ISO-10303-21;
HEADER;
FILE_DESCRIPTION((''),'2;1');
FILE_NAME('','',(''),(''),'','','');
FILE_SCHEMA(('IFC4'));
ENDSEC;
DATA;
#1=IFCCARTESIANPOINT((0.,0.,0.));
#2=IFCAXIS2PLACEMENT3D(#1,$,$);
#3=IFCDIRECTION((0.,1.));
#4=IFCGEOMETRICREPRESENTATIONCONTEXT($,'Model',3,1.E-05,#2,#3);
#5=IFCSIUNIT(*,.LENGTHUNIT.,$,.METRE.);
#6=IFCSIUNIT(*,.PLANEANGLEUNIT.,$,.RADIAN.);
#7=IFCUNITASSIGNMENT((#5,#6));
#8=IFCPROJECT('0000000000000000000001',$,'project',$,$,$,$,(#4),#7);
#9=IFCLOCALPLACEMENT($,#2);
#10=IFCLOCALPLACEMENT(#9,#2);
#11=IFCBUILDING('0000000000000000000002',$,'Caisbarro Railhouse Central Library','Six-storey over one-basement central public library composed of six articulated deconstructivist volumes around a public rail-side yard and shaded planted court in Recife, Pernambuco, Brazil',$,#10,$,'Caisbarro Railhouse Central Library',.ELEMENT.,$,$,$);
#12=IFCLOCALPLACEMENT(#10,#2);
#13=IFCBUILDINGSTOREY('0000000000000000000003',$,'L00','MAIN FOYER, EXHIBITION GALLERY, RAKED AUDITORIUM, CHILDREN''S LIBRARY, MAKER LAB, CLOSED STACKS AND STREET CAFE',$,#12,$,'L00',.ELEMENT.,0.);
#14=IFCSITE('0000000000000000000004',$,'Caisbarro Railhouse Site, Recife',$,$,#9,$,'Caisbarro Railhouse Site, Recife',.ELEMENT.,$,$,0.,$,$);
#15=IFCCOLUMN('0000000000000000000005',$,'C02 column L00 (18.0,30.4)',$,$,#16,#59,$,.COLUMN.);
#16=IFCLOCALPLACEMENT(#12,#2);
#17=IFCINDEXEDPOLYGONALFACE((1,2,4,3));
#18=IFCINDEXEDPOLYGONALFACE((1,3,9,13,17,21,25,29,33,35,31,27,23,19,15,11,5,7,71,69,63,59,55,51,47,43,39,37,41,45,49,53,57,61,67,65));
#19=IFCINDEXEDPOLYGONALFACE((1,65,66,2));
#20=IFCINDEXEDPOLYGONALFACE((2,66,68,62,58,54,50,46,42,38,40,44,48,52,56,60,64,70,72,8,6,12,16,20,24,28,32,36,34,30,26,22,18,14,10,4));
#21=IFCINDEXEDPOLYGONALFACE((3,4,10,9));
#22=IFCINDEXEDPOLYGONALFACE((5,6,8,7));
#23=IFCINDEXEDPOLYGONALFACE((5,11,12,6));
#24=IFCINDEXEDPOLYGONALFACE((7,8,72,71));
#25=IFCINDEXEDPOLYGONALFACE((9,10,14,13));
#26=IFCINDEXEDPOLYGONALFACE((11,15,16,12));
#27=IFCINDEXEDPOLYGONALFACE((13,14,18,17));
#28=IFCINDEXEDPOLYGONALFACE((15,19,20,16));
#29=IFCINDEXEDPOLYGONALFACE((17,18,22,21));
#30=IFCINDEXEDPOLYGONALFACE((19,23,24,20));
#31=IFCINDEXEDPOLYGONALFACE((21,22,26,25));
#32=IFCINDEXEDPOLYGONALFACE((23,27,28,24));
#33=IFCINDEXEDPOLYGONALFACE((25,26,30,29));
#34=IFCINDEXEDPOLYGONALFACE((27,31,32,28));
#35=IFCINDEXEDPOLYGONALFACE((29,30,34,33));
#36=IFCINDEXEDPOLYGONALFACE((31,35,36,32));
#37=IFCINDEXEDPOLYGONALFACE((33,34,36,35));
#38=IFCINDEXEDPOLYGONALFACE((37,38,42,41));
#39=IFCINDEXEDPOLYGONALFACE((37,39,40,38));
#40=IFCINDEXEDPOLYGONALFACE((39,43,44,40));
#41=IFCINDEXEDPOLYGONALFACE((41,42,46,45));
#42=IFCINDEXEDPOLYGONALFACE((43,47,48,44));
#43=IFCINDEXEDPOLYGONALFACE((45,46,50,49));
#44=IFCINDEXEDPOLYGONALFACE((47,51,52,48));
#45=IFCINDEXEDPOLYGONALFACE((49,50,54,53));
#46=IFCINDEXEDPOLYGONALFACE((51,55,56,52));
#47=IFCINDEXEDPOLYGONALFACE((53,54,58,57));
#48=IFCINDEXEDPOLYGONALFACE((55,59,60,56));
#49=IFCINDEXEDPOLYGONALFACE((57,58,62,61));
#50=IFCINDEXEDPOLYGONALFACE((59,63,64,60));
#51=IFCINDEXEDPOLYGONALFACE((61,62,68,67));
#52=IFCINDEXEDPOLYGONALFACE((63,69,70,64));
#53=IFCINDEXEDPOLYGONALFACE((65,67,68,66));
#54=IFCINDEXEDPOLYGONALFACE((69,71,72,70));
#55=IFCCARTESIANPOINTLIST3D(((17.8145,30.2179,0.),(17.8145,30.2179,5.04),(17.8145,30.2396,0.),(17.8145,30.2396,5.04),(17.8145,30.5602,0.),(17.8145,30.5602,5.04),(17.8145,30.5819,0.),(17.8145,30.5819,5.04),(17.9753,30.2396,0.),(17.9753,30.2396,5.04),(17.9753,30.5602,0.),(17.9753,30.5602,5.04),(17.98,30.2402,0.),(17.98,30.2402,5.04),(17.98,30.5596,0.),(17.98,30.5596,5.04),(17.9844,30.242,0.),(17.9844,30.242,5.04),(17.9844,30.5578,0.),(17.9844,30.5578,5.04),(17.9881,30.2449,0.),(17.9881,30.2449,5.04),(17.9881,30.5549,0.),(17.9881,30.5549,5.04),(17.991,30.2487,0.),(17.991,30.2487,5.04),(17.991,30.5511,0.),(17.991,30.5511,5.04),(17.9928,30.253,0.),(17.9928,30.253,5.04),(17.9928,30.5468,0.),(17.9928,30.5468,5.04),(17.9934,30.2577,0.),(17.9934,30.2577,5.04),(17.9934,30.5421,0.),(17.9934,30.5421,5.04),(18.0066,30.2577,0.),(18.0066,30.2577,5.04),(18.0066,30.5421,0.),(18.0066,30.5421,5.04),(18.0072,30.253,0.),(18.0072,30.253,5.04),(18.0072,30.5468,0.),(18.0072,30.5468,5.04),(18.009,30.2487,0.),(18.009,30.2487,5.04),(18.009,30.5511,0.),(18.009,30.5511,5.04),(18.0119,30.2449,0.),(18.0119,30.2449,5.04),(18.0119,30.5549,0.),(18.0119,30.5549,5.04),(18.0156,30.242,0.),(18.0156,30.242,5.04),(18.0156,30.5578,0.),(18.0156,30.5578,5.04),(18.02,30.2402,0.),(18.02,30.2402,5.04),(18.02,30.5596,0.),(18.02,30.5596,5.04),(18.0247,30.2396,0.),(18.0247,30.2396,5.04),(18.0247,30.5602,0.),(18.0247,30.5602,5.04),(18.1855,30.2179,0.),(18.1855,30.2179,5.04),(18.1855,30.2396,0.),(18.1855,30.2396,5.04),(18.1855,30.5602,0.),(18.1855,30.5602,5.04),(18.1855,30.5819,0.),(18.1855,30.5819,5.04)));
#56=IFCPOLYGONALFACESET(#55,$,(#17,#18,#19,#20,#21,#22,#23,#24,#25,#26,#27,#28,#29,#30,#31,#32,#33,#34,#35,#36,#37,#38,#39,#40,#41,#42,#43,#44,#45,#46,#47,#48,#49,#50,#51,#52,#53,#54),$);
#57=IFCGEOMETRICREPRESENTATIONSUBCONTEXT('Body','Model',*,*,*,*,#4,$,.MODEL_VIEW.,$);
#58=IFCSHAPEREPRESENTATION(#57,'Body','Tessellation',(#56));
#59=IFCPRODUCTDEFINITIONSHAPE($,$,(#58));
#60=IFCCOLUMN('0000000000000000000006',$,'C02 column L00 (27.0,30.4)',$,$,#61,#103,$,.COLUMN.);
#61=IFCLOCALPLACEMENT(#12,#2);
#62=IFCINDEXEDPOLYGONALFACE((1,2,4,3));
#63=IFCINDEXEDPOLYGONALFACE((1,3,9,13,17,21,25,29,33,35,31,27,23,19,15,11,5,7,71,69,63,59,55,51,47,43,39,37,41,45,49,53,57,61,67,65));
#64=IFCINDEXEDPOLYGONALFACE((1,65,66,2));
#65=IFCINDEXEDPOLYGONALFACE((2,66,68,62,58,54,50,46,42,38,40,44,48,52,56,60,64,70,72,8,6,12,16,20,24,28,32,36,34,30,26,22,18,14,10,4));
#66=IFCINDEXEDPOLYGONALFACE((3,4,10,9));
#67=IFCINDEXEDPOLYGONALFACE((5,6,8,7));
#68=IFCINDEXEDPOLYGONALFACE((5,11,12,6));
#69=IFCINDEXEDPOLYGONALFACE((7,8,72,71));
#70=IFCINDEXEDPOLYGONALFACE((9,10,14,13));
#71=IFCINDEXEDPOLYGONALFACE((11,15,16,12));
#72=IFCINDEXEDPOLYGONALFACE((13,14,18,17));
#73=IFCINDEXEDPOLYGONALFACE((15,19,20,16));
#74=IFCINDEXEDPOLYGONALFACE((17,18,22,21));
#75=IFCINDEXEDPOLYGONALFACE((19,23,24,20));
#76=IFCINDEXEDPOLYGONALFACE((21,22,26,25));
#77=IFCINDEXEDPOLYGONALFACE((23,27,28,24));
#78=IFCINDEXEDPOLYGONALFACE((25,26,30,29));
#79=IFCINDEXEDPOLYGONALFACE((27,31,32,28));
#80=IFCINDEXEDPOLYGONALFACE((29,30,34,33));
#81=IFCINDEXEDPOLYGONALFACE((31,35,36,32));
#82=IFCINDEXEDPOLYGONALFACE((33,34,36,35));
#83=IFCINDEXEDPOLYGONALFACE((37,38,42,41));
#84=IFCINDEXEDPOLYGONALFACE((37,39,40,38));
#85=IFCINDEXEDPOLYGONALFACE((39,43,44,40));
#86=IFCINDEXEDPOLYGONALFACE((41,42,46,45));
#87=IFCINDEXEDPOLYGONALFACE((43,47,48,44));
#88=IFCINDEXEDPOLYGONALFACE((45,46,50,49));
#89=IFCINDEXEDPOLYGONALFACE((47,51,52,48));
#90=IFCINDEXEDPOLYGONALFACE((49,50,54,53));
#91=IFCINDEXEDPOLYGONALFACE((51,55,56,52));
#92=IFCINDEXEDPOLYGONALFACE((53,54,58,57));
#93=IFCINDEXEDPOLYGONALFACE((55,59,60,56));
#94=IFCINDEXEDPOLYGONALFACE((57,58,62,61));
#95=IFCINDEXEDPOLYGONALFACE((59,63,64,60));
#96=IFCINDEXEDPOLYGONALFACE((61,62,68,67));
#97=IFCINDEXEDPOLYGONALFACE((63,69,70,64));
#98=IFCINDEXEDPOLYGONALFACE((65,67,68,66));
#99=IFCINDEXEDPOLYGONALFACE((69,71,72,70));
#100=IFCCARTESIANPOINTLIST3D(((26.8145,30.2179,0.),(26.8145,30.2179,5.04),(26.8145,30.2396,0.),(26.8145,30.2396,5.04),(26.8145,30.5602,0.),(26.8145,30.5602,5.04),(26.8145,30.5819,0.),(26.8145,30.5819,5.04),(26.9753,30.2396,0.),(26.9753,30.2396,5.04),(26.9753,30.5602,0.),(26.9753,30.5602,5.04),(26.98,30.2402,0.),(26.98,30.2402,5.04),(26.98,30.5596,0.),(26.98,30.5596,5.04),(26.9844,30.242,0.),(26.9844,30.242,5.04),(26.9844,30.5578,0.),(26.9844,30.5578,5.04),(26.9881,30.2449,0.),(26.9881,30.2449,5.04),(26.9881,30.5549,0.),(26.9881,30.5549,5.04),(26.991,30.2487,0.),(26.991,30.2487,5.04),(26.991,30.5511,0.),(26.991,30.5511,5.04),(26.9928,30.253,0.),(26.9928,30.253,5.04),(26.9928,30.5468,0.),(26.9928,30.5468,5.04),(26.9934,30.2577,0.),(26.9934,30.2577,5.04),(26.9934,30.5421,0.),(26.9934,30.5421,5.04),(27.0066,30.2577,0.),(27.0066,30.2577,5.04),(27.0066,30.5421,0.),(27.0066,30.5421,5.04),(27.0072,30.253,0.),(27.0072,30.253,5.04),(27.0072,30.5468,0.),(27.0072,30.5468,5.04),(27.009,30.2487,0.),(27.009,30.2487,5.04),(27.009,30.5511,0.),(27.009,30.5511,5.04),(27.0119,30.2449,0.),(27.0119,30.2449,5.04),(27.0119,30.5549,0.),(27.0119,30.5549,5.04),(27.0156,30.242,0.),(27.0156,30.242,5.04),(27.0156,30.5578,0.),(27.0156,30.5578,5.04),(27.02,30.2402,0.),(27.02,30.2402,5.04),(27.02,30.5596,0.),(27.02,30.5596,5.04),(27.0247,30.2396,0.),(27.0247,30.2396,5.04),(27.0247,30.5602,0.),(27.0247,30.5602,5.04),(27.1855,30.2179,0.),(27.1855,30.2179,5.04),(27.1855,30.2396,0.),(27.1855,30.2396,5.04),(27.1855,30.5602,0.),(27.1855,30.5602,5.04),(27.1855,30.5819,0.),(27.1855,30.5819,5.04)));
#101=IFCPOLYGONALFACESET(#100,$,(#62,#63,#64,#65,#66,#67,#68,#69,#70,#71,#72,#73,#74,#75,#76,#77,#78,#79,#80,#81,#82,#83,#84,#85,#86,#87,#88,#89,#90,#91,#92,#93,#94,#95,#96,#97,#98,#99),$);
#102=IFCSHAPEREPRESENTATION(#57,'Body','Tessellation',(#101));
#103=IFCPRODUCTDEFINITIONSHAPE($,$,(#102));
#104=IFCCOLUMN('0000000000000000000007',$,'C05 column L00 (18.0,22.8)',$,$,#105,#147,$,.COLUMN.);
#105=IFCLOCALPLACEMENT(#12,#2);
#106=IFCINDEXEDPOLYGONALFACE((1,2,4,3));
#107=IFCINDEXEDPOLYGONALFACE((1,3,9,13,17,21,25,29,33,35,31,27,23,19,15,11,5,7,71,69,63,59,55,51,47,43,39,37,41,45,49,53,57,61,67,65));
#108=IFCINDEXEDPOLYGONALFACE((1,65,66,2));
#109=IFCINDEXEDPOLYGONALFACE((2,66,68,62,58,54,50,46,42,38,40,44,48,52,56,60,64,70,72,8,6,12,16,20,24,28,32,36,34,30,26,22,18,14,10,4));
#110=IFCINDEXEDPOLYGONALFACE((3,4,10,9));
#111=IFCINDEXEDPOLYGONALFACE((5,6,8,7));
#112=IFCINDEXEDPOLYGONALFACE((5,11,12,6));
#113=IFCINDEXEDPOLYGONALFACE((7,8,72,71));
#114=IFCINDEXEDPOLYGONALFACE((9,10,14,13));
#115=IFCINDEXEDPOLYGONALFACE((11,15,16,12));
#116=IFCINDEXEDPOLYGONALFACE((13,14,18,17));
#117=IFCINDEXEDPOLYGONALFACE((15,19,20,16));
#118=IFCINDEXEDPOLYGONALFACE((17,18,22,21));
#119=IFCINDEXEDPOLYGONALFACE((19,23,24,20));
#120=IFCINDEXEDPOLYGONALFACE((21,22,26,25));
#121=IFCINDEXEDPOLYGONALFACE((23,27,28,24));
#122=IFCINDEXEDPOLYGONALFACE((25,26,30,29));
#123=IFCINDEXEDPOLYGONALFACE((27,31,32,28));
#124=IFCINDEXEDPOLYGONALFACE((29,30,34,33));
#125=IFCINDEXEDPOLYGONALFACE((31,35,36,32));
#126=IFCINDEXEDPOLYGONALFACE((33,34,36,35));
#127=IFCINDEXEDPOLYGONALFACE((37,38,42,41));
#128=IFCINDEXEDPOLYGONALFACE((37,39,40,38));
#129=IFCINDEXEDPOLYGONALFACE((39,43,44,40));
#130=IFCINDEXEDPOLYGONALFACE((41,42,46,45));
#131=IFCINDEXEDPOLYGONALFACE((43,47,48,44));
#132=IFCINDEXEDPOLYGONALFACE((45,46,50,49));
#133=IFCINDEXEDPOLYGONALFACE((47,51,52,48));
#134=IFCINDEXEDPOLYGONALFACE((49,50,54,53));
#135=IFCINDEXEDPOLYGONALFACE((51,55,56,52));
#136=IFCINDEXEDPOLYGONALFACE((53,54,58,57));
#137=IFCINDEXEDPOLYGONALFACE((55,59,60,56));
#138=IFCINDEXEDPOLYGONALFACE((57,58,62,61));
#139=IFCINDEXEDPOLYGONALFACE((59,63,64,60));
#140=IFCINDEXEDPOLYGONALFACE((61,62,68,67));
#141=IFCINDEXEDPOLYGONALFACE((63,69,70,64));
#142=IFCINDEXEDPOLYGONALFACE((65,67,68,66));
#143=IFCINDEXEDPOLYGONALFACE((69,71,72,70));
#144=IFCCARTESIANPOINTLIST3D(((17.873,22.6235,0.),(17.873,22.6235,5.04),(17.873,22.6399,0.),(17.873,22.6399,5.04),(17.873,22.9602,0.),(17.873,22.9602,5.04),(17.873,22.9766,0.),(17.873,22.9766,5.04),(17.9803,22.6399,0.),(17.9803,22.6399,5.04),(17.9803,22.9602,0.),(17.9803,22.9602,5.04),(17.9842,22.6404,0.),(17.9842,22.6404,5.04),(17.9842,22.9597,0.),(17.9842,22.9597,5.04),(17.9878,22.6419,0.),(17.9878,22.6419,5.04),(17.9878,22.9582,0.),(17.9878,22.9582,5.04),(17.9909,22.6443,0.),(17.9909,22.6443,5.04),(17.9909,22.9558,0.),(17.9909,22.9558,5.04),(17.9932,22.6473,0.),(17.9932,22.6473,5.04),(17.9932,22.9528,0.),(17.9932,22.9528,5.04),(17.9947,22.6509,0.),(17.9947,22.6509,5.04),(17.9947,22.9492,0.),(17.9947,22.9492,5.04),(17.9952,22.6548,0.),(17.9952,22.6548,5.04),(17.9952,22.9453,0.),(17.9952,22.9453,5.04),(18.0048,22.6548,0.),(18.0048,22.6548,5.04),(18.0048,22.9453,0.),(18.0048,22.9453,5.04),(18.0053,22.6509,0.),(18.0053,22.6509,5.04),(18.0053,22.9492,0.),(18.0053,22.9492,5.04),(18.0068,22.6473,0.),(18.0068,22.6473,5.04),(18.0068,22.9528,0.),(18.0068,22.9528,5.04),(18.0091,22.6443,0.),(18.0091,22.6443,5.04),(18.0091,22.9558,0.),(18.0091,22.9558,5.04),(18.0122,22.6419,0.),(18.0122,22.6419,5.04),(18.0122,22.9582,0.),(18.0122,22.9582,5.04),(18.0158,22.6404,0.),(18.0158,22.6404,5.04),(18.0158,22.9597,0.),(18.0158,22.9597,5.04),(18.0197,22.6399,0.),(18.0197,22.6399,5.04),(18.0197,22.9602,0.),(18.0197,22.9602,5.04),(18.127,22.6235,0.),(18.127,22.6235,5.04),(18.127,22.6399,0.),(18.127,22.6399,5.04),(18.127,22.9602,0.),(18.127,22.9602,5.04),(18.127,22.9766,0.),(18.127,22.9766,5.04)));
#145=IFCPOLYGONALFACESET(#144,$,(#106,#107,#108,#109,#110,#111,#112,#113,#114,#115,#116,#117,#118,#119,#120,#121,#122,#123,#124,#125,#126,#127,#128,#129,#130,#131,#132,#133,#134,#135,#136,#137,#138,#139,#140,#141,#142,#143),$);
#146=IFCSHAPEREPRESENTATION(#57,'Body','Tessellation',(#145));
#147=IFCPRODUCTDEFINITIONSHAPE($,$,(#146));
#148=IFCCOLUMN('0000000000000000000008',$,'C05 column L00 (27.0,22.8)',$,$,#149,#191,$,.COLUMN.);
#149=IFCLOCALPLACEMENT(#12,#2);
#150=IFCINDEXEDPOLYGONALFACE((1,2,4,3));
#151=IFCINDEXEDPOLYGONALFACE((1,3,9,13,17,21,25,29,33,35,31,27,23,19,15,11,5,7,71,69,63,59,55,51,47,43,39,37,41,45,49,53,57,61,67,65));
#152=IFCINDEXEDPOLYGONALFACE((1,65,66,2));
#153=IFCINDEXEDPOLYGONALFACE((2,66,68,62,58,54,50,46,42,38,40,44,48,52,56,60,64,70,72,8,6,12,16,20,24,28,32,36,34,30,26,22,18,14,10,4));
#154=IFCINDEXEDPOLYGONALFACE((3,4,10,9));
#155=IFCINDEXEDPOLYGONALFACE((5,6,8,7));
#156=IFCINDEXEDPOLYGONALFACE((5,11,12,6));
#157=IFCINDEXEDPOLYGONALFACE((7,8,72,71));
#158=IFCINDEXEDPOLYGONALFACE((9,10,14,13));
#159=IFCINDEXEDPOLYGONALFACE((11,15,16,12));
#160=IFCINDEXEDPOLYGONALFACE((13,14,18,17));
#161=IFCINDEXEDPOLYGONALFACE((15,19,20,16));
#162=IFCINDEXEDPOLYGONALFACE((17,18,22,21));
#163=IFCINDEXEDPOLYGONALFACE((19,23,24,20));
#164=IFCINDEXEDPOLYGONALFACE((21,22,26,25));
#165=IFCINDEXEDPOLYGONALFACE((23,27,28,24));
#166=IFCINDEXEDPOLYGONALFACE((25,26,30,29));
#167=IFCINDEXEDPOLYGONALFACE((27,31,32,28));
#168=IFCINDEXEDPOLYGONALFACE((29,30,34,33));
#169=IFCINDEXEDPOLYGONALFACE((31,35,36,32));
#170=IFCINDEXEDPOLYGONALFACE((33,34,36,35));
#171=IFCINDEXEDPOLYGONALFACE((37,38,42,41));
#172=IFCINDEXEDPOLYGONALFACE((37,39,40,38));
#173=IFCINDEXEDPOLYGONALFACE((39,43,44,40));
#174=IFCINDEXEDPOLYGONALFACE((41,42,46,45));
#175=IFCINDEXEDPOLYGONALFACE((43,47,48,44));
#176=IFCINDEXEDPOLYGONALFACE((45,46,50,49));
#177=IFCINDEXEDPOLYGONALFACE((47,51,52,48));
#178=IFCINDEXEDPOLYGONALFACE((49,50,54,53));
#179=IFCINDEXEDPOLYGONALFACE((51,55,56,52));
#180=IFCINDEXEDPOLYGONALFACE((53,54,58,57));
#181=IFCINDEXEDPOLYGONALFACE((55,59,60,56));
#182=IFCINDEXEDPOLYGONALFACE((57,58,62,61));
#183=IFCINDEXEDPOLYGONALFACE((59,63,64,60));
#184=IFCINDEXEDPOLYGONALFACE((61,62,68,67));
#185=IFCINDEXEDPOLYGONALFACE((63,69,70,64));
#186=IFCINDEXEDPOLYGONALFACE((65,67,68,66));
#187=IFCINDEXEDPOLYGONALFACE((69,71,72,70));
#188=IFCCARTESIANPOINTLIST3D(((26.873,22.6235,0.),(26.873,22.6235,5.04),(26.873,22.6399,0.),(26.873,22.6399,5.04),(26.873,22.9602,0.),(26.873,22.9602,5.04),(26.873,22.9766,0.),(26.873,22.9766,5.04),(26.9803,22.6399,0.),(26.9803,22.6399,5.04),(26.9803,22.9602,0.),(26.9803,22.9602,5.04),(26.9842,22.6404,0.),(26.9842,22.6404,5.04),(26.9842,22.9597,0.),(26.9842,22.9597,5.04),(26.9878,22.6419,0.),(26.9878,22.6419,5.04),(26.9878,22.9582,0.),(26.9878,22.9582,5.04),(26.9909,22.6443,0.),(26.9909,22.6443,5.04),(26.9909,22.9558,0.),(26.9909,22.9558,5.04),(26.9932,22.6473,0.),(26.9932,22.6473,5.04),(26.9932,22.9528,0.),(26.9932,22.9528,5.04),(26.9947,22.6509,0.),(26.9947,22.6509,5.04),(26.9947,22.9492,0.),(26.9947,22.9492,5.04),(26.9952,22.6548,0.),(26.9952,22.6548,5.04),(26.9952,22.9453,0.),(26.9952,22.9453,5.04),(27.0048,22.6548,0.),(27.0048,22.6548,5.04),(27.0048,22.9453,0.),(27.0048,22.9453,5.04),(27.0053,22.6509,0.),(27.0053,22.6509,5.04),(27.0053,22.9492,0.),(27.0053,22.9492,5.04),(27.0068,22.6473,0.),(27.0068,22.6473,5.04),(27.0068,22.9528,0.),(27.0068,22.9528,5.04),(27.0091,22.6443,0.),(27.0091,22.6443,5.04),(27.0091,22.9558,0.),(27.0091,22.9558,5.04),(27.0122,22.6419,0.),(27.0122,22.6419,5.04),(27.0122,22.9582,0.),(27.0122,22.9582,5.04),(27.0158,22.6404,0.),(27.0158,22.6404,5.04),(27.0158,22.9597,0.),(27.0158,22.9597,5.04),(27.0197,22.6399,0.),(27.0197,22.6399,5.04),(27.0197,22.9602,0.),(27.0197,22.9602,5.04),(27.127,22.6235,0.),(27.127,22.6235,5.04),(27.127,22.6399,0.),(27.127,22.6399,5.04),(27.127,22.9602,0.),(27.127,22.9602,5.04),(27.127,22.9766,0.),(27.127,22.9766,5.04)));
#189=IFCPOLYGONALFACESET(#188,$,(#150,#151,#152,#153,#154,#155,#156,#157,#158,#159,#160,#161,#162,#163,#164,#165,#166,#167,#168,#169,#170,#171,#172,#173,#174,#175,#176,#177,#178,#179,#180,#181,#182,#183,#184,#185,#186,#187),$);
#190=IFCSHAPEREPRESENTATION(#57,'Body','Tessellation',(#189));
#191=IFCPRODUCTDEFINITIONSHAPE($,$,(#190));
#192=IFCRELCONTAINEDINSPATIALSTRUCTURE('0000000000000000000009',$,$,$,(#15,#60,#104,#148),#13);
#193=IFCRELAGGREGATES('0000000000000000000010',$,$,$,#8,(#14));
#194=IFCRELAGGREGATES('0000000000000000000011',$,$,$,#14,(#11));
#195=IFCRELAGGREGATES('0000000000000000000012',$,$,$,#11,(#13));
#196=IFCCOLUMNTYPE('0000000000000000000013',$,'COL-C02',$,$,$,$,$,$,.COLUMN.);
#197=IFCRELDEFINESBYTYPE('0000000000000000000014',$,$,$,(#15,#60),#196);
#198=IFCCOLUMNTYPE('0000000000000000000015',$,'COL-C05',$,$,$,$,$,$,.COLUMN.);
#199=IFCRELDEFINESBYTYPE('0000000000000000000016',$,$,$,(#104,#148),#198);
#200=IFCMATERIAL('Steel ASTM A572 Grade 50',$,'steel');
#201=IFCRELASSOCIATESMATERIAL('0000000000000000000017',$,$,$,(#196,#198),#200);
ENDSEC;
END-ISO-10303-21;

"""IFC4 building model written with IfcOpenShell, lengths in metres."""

from ifc_helpers import new_model, si_unit, direction, frame, origin, origin_2d, place, context, subcontext, project, spatial, i_section, extrude, material, material_profile, profile_set, type_object, element, save


model = new_model("IFC4")

# Units and contexts
model_context = context("Model", 3, precision=1e-05, world=origin(), true_north=direction((0.0, 1.0)))
body_context = subcontext(model_context, "Body", "Model", "MODEL_VIEW")
ifc_project = project(units=[si_unit("LENGTHUNIT", "METRE"), si_unit("PLANEANGLEUNIT", "RADIAN")], contexts=[model_context])

# Site, building, storey
site_placement = place(None, origin())
site = spatial("IfcSite", under=ifc_project, at=site_placement, Name="Caisbarro Railhouse Site, Recife", LongName="Caisbarro Railhouse Site, Recife", CompositionType="ELEMENT", RefElevation=0.0)
building_placement = place(site_placement, origin())
building = spatial("IfcBuilding", under=site, at=building_placement, Name="Caisbarro Railhouse Central Library", Description="Six-storey over one-basement central public library composed of six articulated deconstructivist volumes around a public rail-side yard and shaded planted court in Recife, Pernambuco, Brazil", LongName="Caisbarro Railhouse Central Library", CompositionType="ELEMENT")
storey_placement = place(building_placement, origin())
storey = spatial("IfcBuildingStorey", under=building, at=storey_placement, Name="L00", Description="MAIN FOYER, EXHIBITION GALLERY, RAKED AUDITORIUM, CHILDREN'S LIBRARY, MAKER LAB, CLOSED STACKS AND STREET CAFE", LongName="L00", CompositionType="ELEMENT", Elevation=0.0)

# Columns
ifc_material_1 = material(Name="Steel ASTM A572 Grade 50", Category="steel")
ifc_material_profile_1 = material_profile(ifc_material_1, i_section(OverallWidth=0.3711, OverallDepth=0.364, WebThickness=0.0132, FlangeThickness=0.0217, FilletRadius=0.0181, at=origin_2d()), Name="W360X162.0")
ifc_profile_set_1 = profile_set([ifc_material_profile_1], Name="Steel ASTM A572 Grade 50")
column_type_1 = type_object("IfcColumnType", Name="COL-C02", PredefinedType="COLUMN", material=ifc_profile_set_1)
for number, where, z_axis, x_axis, name in (
    (1, (18.0, 30.3999, 0.0), (0.0, 0.0, 1.0), (1.0, 0.0, 0.0), "C02 column L00 (18.0,30.4)"),
    (2, (27.0, 30.3999, 0.0), (0.0, 0.0, 1.0), (1.0, 0.0, 0.0), "C02 column L00 (27.0,30.4)"),
):
    element("IfcColumn", number, at=place(storey_placement, frame(where, z_axis=z_axis, x_axis=x_axis)), inside=storey, type_object=column_type_1, Name=name, PredefinedType="COLUMN", context=body_context, shape_type="SweptSolid", body=[
        extrude(i_section(OverallWidth=0.3711, OverallDepth=0.364, WebThickness=0.0132, FlangeThickness=0.0217, FilletRadius=0.0181, at=origin_2d()), origin(), (0.0, 0.0, 1.0), 5.04),
    ])
ifc_material_profile_2 = material_profile(ifc_material_1, i_section(OverallWidth=0.2539, OverallDepth=0.353, WebThickness=0.0095, FlangeThickness=0.0164, FilletRadius=0.0149, at=origin_2d()), Name="W360X91.0")
ifc_profile_set_2 = profile_set([ifc_material_profile_2], Name="Steel ASTM A572 Grade 50")
column_type_2 = type_object("IfcColumnType", Name="COL-C05", PredefinedType="COLUMN", material=ifc_profile_set_2)
for number, where, z_axis, x_axis, name in (
    (3, (18.0, 22.8, 0.0), (0.0, 0.0, 1.0), (1.0, 0.0, 0.0), "C05 column L00 (18.0,22.8)"),
    (4, (27.0, 22.8, 0.0), (0.0, 0.0, 1.0), (1.0, 0.0, 0.0), "C05 column L00 (27.0,22.8)"),
):
    element("IfcColumn", number, at=place(storey_placement, frame(where, z_axis=z_axis, x_axis=x_axis)), inside=storey, type_object=column_type_2, Name=name, PredefinedType="COLUMN", context=body_context, shape_type="SweptSolid", body=[
        extrude(i_section(OverallWidth=0.2539, OverallDepth=0.353, WebThickness=0.0095, FlangeThickness=0.0164, FilletRadius=0.0149, at=origin_2d()), origin(), (0.0, 0.0, 1.0), 5.04),
    ])

save(model, "model.ifc")
